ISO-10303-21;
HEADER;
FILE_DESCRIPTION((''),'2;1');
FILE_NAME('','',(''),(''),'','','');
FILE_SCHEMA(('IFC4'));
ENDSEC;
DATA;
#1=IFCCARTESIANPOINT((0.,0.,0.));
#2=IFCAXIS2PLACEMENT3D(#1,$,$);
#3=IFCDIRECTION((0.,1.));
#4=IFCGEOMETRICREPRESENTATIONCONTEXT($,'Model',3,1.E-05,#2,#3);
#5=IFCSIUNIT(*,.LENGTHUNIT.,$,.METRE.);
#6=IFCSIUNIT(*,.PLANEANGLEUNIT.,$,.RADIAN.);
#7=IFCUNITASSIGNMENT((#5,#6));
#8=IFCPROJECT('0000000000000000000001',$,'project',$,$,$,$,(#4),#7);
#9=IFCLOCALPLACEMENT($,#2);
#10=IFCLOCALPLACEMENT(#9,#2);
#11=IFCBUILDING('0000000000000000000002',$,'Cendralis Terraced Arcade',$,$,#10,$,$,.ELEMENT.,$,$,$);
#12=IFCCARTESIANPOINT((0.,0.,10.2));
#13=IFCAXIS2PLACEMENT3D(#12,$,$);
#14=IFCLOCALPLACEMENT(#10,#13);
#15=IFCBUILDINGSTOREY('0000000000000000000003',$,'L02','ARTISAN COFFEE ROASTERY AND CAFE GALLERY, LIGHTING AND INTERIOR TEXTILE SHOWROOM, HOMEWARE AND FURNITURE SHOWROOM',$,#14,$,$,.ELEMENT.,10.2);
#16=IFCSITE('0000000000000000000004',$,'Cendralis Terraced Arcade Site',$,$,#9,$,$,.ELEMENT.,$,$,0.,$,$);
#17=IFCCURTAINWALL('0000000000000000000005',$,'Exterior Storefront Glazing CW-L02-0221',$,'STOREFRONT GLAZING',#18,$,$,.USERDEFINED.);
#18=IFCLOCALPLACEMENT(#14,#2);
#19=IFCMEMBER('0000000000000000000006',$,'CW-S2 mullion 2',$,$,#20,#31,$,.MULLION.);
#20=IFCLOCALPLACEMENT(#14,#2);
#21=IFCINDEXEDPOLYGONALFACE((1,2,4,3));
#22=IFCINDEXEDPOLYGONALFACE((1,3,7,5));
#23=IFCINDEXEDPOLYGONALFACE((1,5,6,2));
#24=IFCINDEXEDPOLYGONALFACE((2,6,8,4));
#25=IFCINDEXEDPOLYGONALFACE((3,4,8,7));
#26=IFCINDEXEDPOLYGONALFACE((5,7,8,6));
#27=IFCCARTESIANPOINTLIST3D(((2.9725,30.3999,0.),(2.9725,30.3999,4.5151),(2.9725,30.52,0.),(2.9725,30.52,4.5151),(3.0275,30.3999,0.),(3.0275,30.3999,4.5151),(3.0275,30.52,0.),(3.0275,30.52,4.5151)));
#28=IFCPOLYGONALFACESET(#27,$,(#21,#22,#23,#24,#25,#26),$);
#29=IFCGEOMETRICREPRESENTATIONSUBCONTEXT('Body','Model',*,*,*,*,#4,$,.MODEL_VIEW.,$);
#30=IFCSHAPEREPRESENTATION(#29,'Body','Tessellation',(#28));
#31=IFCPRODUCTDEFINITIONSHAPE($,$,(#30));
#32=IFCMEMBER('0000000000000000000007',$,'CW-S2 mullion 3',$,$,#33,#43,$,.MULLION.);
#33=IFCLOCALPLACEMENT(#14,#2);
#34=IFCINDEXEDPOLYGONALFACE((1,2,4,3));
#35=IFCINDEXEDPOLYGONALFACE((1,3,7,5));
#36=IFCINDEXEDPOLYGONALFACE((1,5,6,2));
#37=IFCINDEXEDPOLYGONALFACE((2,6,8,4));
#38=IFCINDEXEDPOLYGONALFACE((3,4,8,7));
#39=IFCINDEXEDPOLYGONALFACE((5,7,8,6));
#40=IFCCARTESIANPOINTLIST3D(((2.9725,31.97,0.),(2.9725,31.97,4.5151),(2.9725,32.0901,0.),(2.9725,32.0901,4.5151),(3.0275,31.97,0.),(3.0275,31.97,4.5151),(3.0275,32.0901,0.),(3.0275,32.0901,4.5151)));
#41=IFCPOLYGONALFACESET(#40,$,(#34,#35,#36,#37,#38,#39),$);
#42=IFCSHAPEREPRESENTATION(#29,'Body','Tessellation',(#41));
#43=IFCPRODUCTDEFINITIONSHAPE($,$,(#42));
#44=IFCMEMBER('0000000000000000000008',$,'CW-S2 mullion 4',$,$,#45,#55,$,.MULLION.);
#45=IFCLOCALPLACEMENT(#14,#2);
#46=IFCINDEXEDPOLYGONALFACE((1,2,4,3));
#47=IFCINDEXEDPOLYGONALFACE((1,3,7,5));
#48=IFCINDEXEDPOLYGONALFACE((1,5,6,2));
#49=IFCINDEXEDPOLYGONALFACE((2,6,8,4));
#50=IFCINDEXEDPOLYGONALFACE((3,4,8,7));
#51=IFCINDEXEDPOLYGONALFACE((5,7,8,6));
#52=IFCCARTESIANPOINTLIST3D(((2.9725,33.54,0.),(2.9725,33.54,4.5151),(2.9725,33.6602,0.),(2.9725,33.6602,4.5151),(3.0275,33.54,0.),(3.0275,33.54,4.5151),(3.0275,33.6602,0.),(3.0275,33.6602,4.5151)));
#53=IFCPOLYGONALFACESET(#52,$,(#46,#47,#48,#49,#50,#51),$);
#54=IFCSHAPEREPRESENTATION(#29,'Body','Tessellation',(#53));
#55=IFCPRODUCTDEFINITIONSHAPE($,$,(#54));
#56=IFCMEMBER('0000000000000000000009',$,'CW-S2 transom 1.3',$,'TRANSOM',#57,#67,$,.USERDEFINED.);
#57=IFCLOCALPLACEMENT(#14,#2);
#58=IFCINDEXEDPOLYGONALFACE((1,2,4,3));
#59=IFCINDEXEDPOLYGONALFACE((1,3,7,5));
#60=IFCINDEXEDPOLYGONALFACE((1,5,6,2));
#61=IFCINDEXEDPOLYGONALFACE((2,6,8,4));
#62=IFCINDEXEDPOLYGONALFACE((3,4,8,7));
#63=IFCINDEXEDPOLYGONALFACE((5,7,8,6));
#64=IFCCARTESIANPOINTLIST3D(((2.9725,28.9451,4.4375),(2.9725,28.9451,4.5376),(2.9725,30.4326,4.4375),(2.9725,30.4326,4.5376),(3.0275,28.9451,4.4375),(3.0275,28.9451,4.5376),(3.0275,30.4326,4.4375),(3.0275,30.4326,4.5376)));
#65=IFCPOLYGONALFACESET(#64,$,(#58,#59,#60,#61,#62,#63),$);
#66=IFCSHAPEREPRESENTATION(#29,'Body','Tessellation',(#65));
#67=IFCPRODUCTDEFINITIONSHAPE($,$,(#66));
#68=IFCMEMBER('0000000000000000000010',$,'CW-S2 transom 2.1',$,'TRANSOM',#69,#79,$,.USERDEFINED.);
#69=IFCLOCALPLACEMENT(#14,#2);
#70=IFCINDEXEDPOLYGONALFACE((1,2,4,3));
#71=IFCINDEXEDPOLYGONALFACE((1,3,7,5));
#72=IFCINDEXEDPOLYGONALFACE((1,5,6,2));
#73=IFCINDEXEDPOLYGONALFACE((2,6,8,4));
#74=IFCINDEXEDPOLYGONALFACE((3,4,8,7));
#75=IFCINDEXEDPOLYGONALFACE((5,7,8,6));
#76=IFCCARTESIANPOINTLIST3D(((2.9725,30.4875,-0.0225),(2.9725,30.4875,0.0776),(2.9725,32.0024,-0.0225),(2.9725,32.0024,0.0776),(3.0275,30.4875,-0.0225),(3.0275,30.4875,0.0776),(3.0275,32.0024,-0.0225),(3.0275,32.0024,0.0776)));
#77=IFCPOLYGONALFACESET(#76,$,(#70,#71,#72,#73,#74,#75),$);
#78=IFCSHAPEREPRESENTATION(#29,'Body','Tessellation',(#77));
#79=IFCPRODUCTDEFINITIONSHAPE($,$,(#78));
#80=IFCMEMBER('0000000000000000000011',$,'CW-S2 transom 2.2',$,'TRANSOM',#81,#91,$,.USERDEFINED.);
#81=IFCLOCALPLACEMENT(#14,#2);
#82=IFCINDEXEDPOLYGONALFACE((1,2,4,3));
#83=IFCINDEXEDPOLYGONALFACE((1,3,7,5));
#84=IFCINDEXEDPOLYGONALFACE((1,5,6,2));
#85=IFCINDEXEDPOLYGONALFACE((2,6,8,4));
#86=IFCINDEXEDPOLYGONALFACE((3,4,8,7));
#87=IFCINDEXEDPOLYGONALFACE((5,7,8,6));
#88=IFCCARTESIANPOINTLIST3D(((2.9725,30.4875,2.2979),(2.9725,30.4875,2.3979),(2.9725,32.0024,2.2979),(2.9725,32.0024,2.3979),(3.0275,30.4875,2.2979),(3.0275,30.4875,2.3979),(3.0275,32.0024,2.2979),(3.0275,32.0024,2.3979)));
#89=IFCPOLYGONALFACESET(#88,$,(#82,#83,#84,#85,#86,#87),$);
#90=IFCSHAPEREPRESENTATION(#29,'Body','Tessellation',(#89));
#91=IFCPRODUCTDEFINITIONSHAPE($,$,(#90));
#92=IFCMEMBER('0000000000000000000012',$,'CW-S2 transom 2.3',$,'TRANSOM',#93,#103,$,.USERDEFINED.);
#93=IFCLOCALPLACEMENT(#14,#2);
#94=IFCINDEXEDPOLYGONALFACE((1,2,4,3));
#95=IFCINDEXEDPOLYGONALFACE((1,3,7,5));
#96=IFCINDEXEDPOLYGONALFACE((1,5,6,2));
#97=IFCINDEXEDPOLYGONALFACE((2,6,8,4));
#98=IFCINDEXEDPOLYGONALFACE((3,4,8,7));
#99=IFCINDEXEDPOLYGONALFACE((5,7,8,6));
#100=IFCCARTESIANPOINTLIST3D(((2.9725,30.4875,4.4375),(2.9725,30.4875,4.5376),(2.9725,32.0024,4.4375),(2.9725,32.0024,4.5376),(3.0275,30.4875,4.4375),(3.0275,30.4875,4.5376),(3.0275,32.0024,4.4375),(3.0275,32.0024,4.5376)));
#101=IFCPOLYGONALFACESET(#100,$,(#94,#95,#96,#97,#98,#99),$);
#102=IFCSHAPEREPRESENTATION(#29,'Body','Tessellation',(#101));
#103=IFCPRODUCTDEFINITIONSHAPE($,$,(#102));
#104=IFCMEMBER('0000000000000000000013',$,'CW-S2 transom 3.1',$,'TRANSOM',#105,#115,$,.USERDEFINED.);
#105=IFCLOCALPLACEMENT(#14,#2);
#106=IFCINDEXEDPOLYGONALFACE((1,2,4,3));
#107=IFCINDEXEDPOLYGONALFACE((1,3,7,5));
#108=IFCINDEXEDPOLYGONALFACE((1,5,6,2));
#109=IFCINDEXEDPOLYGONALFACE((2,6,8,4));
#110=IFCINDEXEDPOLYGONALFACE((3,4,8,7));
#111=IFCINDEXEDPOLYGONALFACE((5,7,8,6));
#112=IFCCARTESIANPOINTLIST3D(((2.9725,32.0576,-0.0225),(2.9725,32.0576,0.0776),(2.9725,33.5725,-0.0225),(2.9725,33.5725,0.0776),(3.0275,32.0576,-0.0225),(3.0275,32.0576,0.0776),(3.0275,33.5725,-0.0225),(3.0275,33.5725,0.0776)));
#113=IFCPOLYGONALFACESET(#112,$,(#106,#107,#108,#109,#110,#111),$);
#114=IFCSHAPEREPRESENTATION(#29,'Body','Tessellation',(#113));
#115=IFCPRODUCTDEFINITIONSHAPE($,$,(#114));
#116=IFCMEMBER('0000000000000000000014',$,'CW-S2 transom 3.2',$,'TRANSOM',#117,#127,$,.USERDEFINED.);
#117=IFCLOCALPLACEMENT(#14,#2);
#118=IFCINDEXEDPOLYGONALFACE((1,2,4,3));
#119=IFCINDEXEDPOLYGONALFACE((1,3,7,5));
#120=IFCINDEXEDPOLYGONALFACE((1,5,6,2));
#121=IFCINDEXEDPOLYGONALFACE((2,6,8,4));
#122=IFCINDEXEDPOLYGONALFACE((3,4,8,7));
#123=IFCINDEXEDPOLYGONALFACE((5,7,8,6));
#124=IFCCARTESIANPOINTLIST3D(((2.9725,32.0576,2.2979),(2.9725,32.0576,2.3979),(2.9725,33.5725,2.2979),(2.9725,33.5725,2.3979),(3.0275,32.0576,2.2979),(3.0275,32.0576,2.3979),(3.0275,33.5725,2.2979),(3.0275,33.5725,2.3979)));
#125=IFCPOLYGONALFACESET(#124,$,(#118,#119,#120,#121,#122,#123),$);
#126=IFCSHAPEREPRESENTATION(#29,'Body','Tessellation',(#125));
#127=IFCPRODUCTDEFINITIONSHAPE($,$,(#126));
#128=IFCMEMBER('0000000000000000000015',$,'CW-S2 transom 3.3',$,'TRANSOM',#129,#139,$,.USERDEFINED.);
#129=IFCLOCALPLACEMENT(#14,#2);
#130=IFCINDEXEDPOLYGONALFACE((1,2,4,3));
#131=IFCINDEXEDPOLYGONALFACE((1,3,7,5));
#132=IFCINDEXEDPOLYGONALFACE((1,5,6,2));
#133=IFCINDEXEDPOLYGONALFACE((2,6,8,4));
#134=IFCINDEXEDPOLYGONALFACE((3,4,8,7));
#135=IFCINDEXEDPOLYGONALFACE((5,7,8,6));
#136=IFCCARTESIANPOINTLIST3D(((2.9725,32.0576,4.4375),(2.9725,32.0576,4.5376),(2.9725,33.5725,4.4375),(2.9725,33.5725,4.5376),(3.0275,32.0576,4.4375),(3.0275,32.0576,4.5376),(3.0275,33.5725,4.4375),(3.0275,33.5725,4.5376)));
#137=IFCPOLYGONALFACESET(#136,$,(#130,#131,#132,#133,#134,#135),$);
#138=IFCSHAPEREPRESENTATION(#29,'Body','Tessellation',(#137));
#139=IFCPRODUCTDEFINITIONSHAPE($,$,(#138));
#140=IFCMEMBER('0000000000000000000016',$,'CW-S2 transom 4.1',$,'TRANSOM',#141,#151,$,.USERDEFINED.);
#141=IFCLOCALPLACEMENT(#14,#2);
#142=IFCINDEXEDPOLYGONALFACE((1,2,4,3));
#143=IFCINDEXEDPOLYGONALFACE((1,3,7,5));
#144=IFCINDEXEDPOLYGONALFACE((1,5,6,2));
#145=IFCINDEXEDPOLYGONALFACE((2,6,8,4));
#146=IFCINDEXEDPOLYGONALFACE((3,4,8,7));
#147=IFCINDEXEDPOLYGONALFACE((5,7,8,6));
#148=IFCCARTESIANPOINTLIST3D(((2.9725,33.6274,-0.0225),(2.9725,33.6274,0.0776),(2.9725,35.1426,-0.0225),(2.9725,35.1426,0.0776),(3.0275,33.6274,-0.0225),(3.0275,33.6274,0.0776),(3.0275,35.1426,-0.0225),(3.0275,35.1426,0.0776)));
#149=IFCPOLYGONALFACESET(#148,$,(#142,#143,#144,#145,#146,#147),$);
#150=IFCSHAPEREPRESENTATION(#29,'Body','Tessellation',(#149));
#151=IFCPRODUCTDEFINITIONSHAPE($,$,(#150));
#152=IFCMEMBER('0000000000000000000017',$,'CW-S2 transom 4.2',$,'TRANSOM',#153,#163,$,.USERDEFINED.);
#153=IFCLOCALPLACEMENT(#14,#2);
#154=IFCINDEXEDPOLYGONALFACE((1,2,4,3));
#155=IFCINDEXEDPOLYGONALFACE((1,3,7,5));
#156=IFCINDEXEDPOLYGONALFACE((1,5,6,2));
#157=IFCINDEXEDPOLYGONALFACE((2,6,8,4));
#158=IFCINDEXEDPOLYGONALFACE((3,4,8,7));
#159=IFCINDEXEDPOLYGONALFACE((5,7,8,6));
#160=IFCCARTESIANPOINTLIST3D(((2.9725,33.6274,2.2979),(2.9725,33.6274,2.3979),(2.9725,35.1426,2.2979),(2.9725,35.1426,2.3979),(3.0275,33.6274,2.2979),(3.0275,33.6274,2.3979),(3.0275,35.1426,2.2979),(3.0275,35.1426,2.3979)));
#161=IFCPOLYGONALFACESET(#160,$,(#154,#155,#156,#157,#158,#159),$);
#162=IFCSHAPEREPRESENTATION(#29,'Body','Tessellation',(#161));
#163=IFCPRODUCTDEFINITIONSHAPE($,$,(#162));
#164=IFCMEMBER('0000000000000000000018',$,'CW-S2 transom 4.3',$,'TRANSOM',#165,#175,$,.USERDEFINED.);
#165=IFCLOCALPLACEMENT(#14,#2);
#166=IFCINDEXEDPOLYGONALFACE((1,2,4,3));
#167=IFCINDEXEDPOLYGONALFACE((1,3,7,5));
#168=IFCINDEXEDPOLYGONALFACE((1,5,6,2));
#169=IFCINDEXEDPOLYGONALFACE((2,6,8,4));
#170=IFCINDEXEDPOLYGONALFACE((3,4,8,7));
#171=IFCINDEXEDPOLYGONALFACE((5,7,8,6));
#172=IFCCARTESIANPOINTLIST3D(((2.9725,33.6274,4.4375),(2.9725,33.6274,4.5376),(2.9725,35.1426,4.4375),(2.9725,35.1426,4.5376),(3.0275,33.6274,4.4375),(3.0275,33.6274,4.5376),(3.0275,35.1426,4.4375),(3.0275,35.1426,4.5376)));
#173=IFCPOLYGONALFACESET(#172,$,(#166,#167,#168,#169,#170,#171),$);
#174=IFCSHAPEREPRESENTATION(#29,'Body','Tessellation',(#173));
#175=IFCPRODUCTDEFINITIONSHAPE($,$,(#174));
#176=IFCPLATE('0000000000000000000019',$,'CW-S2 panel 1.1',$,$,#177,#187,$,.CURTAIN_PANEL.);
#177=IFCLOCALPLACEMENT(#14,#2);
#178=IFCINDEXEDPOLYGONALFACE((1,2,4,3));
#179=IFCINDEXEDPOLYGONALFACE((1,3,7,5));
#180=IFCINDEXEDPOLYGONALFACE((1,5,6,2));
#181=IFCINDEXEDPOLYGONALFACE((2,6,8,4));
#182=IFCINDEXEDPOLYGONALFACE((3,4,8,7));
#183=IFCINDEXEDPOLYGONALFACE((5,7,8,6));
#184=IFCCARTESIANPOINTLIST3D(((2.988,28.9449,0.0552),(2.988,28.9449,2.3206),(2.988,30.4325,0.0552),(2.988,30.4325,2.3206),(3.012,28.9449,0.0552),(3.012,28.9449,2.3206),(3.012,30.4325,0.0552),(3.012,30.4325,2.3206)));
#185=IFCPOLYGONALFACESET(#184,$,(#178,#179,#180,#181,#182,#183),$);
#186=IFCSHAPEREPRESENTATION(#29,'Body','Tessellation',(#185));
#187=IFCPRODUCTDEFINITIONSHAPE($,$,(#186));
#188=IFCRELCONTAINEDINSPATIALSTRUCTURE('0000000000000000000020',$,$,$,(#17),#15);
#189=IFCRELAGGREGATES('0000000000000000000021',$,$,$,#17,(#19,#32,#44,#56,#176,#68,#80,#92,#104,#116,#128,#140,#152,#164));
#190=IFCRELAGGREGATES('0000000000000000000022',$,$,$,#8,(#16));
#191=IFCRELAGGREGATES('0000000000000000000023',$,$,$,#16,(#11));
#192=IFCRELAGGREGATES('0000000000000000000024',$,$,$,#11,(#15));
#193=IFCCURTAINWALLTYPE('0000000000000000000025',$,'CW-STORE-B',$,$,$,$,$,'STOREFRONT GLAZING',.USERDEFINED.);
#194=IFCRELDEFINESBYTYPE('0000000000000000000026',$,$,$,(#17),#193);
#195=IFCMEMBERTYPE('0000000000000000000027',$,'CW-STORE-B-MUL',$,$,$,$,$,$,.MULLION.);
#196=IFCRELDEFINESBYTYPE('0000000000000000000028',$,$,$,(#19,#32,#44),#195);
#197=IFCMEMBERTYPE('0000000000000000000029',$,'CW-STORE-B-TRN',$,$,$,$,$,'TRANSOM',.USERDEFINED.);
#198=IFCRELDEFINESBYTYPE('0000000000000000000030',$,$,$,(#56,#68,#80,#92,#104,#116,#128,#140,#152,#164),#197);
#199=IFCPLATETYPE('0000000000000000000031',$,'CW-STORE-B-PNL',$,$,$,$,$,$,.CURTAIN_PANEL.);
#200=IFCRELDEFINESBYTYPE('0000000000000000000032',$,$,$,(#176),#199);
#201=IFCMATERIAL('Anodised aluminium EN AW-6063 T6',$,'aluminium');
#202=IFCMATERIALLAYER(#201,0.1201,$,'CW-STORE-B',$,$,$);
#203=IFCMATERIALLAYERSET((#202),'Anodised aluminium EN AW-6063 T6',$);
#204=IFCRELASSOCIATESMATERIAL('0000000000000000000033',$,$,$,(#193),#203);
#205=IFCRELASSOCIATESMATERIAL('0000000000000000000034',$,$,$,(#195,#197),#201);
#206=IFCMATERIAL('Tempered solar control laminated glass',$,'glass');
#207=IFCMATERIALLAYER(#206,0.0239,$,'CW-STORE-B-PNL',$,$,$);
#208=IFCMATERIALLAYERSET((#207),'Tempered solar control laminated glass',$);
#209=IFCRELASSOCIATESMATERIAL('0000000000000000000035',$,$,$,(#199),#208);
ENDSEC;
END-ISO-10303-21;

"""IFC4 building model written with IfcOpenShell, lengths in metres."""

from ifc_helpers import new_model, si_unit, direction, frame, origin, origin_2d, place, context, subcontext, project, spatial, rectangle, extrude, material, layer, layer_set, material_profile, profile_set, type_object, element, aggregate, save


model = new_model("IFC4")

# Units and contexts
model_context = context("Model", 3, precision=1e-05, world=origin(), true_north=direction((0.0, 1.0)))
body_context = subcontext(model_context, "Body", "Model", "MODEL_VIEW")
ifc_project = project(units=[si_unit("LENGTHUNIT", "METRE"), si_unit("PLANEANGLEUNIT", "RADIAN")], contexts=[model_context])

# Site, building, storey
site_placement = place(None, origin())
site = spatial("IfcSite", under=ifc_project, at=site_placement, Name="Cendralis Terraced Arcade Site", CompositionType="ELEMENT", RefElevation=0.0)
building_placement = place(site_placement, origin())
building = spatial("IfcBuilding", under=site, at=building_placement, Name="Cendralis Terraced Arcade", CompositionType="ELEMENT")
storey_placement = place(building_placement, frame((0.0, 0.0, 10.2)))
storey = spatial("IfcBuildingStorey", under=building, at=storey_placement, Name="L02", Description="ARTISAN COFFEE ROASTERY AND CAFE GALLERY, LIGHTING AND INTERIOR TEXTILE SHOWROOM, HOMEWARE AND FURNITURE SHOWROOM", CompositionType="ELEMENT", Elevation=10.2)

# Curtain wall, members, plate
ifc_material_1 = material(Name="Anodised aluminium EN AW-6063 T6", Category="aluminium")
ifc_layer_1 = layer(ifc_material_1, 0.1201, Name="CW-STORE-B")
ifc_layer_set_1 = layer_set([ifc_layer_1], Name="Anodised aluminium EN AW-6063 T6")
curtain_wall_type = type_object("IfcCurtainWallType", Name="CW-STORE-B", ElementType="STOREFRONT GLAZING", PredefinedType="USERDEFINED", material=ifc_layer_set_1)
curtain_wall_placement = place(storey_placement, origin())
curtain_wall = element("IfcCurtainWall", 1, at=curtain_wall_placement, inside=storey, type_object=curtain_wall_type, Name="Exterior Storefront Glazing CW-L02-0221", ObjectType="STOREFRONT GLAZING", PredefinedType="USERDEFINED")
ifc_material_profile_1 = material_profile(ifc_material_1, rectangle(XDim=0.0549, YDim=0.1201, at=origin_2d()), Name="ALU-MUL-55x120")
ifc_profile_set_1 = profile_set([ifc_material_profile_1], Name="Anodised aluminium EN AW-6063 T6")
member_type_1 = type_object("IfcMemberType", Name="CW-STORE-B-MUL", PredefinedType="MULLION", material=ifc_profile_set_1)
member_1_placement = place(storey_placement, frame((3.0, 30.46, 0.0), z_axis=(0.0, 0.0, 1.0), x_axis=(-1.0, 0.0, 0.0)))
member_1 = element("IfcMember", 2, at=member_1_placement, type_object=member_type_1, Name="CW-S2 mullion 2", PredefinedType="MULLION", context=body_context, shape_type="SweptSolid", body=[
    extrude(rectangle(XDim=0.0549, YDim=0.1201, at=origin_2d()), origin(), (0.0, 0.0, 1.0), 4.5151),
])
member_2_placement = place(storey_placement, frame((3.0, 32.03, 0.0), z_axis=(0.0, 0.0, 1.0), x_axis=(-1.0, 0.0, 0.0)))
member_2 = element("IfcMember", 3, at=member_2_placement, type_object=member_type_1, Name="CW-S2 mullion 3", PredefinedType="MULLION", context=body_context, shape_type="SweptSolid", body=[
    extrude(rectangle(XDim=0.0549, YDim=0.1201, at=origin_2d()), origin(), (0.0, 0.0, 1.0), 4.5151),
])
member_3_placement = place(storey_placement, frame((3.0, 33.6001, 0.0), z_axis=(0.0, 0.0, 1.0), x_axis=(-1.0, 0.0, 0.0)))
member_3 = element("IfcMember", 4, at=member_3_placement, type_object=member_type_1, Name="CW-S2 mullion 4", PredefinedType="MULLION", context=body_context, shape_type="SweptSolid", body=[
    extrude(rectangle(XDim=0.0549, YDim=0.1201, at=origin_2d()), origin(), (0.0, 0.0, 1.0), 4.5151),
])
ifc_material_profile_2 = material_profile(ifc_material_1, rectangle(XDim=0.0549, YDim=0.1001, at=origin_2d()), Name="ALU-TRN-55x100")
ifc_profile_set_2 = profile_set([ifc_material_profile_2], Name="Anodised aluminium EN AW-6063 T6")
member_type_2 = type_object("IfcMemberType", Name="CW-STORE-B-TRN", ElementType="TRANSOM", PredefinedType="USERDEFINED", material=ifc_profile_set_2)
member_4_placement = place(storey_placement, frame((3.0, 28.9451, 4.4875), z_axis=(0.0, 1.0, 0.0), x_axis=(-1.0, 0.0, 0.0)))
member_4 = element("IfcMember", 5, at=member_4_placement, type_object=member_type_2, Name="CW-S2 transom 1.3", ObjectType="TRANSOM", PredefinedType="USERDEFINED", context=body_context, shape_type="SweptSolid", body=[
    extrude(rectangle(XDim=0.0549, YDim=0.1001, at=origin_2d()), origin(), (0.0, 0.0, 1.0), 1.4875),
])
member_5_placement = place(storey_placement, frame((3.0, 30.4875, 0.0276), z_axis=(0.0, 1.0, 0.0), x_axis=(-1.0, 0.0, 0.0)))
member_5 = element("IfcMember", 6, at=member_5_placement, type_object=member_type_2, Name="CW-S2 transom 2.1", ObjectType="TRANSOM", PredefinedType="USERDEFINED", context=body_context, shape_type="SweptSolid", body=[
    extrude(rectangle(XDim=0.0549, YDim=0.1001, at=origin_2d()), origin(), (0.0, 0.0, 1.0), 1.5149),
])
member_6_placement = place(storey_placement, frame((3.0, 30.4875, 2.3479), z_axis=(0.0, 1.0, 0.0), x_axis=(-1.0, 0.0, 0.0)))
member_6 = element("IfcMember", 7, at=member_6_placement, type_object=member_type_2, Name="CW-S2 transom 2.2", ObjectType="TRANSOM", PredefinedType="USERDEFINED", context=body_context, shape_type="SweptSolid", body=[
    extrude(rectangle(XDim=0.0549, YDim=0.1001, at=origin_2d()), origin(), (0.0, 0.0, 1.0), 1.5149),
])
member_7_placement = place(storey_placement, frame((3.0, 30.4875, 4.4875), z_axis=(0.0, 1.0, 0.0), x_axis=(-1.0, 0.0, 0.0)))
member_7 = element("IfcMember", 8, at=member_7_placement, type_object=member_type_2, Name="CW-S2 transom 2.3", ObjectType="TRANSOM", PredefinedType="USERDEFINED", context=body_context, shape_type="SweptSolid", body=[
    extrude(rectangle(XDim=0.0549, YDim=0.1001, at=origin_2d()), origin(), (0.0, 0.0, 1.0), 1.5149),
])
member_8_placement = place(storey_placement, frame((3.0, 32.0576, 0.0276), z_axis=(0.0, 1.0, 0.0), x_axis=(-1.0, 0.0, 0.0)))
member_8 = element("IfcMember", 9, at=member_8_placement, type_object=member_type_2, Name="CW-S2 transom 3.1", ObjectType="TRANSOM", PredefinedType="USERDEFINED", context=body_context, shape_type="SweptSolid", body=[
    extrude(rectangle(XDim=0.0549, YDim=0.1001, at=origin_2d()), origin(), (0.0, 0.0, 1.0), 1.5149),
])
member_9_placement = place(storey_placement, frame((3.0, 32.0576, 2.3479), z_axis=(0.0, 1.0, 0.0), x_axis=(-1.0, 0.0, 0.0)))
member_9 = element("IfcMember", 10, at=member_9_placement, type_object=member_type_2, Name="CW-S2 transom 3.2", ObjectType="TRANSOM", PredefinedType="USERDEFINED", context=body_context, shape_type="SweptSolid", body=[
    extrude(rectangle(XDim=0.0549, YDim=0.1001, at=origin_2d()), origin(), (0.0, 0.0, 1.0), 1.5149),
])
member_10_placement = place(storey_placement, frame((3.0, 32.0576, 4.4875), z_axis=(0.0, 1.0, 0.0), x_axis=(-1.0, 0.0, 0.0)))
member_10 = element("IfcMember", 11, at=member_10_placement, type_object=member_type_2, Name="CW-S2 transom 3.3", ObjectType="TRANSOM", PredefinedType="USERDEFINED", context=body_context, shape_type="SweptSolid", body=[
    extrude(rectangle(XDim=0.0549, YDim=0.1001, at=origin_2d()), origin(), (0.0, 0.0, 1.0), 1.5149),
])
member_11_placement = place(storey_placement, frame((3.0, 33.6274, 0.0276), z_axis=(0.0, 1.0, 0.0), x_axis=(-1.0, 0.0, 0.0)))
member_11 = element("IfcMember", 12, at=member_11_placement, type_object=member_type_2, Name="CW-S2 transom 4.1", ObjectType="TRANSOM", PredefinedType="USERDEFINED", context=body_context, shape_type="SweptSolid", body=[
    extrude(rectangle(XDim=0.0549, YDim=0.1001, at=origin_2d()), origin(), (0.0, 0.0, 1.0), 1.5151),
])
member_12_placement = place(storey_placement, frame((3.0, 33.6274, 2.3479), z_axis=(0.0, 1.0, 0.0), x_axis=(-1.0, 0.0, 0.0)))
member_12 = element("IfcMember", 13, at=member_12_placement, type_object=member_type_2, Name="CW-S2 transom 4.2", ObjectType="TRANSOM", PredefinedType="USERDEFINED", context=body_context, shape_type="SweptSolid", body=[
    extrude(rectangle(XDim=0.0549, YDim=0.1001, at=origin_2d()), origin(), (0.0, 0.0, 1.0), 1.5151),
])
member_13_placement = place(storey_placement, frame((3.0, 33.6274, 4.4875), z_axis=(0.0, 1.0, 0.0), x_axis=(-1.0, 0.0, 0.0)))
member_13 = element("IfcMember", 14, at=member_13_placement, type_object=member_type_2, Name="CW-S2 transom 4.3", ObjectType="TRANSOM", PredefinedType="USERDEFINED", context=body_context, shape_type="SweptSolid", body=[
    extrude(rectangle(XDim=0.0549, YDim=0.1001, at=origin_2d()), origin(), (0.0, 0.0, 1.0), 1.5151),
])
ifc_material_2 = material(Name="Tempered solar control laminated glass", Category="glass")
ifc_layer_2 = layer(ifc_material_2, 0.0239, Name="CW-STORE-B-PNL")
ifc_layer_set_2 = layer_set([ifc_layer_2], Name="Tempered solar control laminated glass")
plate_type = type_object("IfcPlateType", Name="CW-STORE-B-PNL", PredefinedType="CURTAIN_PANEL", material=ifc_layer_set_2)
plate_1_placement = place(storey_placement, frame((3.0, 29.6887, 0.0552), z_axis=(0.0, 0.0, 1.0), x_axis=(0.0, 1.0, 0.0)))
plate_1 = element("IfcPlate", 15, at=plate_1_placement, type_object=plate_type, Name="CW-S2 panel 1.1", PredefinedType="CURTAIN_PANEL", context=body_context, shape_type="SweptSolid", body=[
    extrude(rectangle(XDim=1.4875, YDim=0.0239, at=origin_2d()), origin(), (0.0, 0.0, 1.0), 2.2654),
])
aggregate(curtain_wall, [member_1, member_2, member_3, member_4, plate_1, member_5, member_6, member_7, member_8, member_9, member_10, member_11, member_12, member_13])

save(model, "model.ifc")
